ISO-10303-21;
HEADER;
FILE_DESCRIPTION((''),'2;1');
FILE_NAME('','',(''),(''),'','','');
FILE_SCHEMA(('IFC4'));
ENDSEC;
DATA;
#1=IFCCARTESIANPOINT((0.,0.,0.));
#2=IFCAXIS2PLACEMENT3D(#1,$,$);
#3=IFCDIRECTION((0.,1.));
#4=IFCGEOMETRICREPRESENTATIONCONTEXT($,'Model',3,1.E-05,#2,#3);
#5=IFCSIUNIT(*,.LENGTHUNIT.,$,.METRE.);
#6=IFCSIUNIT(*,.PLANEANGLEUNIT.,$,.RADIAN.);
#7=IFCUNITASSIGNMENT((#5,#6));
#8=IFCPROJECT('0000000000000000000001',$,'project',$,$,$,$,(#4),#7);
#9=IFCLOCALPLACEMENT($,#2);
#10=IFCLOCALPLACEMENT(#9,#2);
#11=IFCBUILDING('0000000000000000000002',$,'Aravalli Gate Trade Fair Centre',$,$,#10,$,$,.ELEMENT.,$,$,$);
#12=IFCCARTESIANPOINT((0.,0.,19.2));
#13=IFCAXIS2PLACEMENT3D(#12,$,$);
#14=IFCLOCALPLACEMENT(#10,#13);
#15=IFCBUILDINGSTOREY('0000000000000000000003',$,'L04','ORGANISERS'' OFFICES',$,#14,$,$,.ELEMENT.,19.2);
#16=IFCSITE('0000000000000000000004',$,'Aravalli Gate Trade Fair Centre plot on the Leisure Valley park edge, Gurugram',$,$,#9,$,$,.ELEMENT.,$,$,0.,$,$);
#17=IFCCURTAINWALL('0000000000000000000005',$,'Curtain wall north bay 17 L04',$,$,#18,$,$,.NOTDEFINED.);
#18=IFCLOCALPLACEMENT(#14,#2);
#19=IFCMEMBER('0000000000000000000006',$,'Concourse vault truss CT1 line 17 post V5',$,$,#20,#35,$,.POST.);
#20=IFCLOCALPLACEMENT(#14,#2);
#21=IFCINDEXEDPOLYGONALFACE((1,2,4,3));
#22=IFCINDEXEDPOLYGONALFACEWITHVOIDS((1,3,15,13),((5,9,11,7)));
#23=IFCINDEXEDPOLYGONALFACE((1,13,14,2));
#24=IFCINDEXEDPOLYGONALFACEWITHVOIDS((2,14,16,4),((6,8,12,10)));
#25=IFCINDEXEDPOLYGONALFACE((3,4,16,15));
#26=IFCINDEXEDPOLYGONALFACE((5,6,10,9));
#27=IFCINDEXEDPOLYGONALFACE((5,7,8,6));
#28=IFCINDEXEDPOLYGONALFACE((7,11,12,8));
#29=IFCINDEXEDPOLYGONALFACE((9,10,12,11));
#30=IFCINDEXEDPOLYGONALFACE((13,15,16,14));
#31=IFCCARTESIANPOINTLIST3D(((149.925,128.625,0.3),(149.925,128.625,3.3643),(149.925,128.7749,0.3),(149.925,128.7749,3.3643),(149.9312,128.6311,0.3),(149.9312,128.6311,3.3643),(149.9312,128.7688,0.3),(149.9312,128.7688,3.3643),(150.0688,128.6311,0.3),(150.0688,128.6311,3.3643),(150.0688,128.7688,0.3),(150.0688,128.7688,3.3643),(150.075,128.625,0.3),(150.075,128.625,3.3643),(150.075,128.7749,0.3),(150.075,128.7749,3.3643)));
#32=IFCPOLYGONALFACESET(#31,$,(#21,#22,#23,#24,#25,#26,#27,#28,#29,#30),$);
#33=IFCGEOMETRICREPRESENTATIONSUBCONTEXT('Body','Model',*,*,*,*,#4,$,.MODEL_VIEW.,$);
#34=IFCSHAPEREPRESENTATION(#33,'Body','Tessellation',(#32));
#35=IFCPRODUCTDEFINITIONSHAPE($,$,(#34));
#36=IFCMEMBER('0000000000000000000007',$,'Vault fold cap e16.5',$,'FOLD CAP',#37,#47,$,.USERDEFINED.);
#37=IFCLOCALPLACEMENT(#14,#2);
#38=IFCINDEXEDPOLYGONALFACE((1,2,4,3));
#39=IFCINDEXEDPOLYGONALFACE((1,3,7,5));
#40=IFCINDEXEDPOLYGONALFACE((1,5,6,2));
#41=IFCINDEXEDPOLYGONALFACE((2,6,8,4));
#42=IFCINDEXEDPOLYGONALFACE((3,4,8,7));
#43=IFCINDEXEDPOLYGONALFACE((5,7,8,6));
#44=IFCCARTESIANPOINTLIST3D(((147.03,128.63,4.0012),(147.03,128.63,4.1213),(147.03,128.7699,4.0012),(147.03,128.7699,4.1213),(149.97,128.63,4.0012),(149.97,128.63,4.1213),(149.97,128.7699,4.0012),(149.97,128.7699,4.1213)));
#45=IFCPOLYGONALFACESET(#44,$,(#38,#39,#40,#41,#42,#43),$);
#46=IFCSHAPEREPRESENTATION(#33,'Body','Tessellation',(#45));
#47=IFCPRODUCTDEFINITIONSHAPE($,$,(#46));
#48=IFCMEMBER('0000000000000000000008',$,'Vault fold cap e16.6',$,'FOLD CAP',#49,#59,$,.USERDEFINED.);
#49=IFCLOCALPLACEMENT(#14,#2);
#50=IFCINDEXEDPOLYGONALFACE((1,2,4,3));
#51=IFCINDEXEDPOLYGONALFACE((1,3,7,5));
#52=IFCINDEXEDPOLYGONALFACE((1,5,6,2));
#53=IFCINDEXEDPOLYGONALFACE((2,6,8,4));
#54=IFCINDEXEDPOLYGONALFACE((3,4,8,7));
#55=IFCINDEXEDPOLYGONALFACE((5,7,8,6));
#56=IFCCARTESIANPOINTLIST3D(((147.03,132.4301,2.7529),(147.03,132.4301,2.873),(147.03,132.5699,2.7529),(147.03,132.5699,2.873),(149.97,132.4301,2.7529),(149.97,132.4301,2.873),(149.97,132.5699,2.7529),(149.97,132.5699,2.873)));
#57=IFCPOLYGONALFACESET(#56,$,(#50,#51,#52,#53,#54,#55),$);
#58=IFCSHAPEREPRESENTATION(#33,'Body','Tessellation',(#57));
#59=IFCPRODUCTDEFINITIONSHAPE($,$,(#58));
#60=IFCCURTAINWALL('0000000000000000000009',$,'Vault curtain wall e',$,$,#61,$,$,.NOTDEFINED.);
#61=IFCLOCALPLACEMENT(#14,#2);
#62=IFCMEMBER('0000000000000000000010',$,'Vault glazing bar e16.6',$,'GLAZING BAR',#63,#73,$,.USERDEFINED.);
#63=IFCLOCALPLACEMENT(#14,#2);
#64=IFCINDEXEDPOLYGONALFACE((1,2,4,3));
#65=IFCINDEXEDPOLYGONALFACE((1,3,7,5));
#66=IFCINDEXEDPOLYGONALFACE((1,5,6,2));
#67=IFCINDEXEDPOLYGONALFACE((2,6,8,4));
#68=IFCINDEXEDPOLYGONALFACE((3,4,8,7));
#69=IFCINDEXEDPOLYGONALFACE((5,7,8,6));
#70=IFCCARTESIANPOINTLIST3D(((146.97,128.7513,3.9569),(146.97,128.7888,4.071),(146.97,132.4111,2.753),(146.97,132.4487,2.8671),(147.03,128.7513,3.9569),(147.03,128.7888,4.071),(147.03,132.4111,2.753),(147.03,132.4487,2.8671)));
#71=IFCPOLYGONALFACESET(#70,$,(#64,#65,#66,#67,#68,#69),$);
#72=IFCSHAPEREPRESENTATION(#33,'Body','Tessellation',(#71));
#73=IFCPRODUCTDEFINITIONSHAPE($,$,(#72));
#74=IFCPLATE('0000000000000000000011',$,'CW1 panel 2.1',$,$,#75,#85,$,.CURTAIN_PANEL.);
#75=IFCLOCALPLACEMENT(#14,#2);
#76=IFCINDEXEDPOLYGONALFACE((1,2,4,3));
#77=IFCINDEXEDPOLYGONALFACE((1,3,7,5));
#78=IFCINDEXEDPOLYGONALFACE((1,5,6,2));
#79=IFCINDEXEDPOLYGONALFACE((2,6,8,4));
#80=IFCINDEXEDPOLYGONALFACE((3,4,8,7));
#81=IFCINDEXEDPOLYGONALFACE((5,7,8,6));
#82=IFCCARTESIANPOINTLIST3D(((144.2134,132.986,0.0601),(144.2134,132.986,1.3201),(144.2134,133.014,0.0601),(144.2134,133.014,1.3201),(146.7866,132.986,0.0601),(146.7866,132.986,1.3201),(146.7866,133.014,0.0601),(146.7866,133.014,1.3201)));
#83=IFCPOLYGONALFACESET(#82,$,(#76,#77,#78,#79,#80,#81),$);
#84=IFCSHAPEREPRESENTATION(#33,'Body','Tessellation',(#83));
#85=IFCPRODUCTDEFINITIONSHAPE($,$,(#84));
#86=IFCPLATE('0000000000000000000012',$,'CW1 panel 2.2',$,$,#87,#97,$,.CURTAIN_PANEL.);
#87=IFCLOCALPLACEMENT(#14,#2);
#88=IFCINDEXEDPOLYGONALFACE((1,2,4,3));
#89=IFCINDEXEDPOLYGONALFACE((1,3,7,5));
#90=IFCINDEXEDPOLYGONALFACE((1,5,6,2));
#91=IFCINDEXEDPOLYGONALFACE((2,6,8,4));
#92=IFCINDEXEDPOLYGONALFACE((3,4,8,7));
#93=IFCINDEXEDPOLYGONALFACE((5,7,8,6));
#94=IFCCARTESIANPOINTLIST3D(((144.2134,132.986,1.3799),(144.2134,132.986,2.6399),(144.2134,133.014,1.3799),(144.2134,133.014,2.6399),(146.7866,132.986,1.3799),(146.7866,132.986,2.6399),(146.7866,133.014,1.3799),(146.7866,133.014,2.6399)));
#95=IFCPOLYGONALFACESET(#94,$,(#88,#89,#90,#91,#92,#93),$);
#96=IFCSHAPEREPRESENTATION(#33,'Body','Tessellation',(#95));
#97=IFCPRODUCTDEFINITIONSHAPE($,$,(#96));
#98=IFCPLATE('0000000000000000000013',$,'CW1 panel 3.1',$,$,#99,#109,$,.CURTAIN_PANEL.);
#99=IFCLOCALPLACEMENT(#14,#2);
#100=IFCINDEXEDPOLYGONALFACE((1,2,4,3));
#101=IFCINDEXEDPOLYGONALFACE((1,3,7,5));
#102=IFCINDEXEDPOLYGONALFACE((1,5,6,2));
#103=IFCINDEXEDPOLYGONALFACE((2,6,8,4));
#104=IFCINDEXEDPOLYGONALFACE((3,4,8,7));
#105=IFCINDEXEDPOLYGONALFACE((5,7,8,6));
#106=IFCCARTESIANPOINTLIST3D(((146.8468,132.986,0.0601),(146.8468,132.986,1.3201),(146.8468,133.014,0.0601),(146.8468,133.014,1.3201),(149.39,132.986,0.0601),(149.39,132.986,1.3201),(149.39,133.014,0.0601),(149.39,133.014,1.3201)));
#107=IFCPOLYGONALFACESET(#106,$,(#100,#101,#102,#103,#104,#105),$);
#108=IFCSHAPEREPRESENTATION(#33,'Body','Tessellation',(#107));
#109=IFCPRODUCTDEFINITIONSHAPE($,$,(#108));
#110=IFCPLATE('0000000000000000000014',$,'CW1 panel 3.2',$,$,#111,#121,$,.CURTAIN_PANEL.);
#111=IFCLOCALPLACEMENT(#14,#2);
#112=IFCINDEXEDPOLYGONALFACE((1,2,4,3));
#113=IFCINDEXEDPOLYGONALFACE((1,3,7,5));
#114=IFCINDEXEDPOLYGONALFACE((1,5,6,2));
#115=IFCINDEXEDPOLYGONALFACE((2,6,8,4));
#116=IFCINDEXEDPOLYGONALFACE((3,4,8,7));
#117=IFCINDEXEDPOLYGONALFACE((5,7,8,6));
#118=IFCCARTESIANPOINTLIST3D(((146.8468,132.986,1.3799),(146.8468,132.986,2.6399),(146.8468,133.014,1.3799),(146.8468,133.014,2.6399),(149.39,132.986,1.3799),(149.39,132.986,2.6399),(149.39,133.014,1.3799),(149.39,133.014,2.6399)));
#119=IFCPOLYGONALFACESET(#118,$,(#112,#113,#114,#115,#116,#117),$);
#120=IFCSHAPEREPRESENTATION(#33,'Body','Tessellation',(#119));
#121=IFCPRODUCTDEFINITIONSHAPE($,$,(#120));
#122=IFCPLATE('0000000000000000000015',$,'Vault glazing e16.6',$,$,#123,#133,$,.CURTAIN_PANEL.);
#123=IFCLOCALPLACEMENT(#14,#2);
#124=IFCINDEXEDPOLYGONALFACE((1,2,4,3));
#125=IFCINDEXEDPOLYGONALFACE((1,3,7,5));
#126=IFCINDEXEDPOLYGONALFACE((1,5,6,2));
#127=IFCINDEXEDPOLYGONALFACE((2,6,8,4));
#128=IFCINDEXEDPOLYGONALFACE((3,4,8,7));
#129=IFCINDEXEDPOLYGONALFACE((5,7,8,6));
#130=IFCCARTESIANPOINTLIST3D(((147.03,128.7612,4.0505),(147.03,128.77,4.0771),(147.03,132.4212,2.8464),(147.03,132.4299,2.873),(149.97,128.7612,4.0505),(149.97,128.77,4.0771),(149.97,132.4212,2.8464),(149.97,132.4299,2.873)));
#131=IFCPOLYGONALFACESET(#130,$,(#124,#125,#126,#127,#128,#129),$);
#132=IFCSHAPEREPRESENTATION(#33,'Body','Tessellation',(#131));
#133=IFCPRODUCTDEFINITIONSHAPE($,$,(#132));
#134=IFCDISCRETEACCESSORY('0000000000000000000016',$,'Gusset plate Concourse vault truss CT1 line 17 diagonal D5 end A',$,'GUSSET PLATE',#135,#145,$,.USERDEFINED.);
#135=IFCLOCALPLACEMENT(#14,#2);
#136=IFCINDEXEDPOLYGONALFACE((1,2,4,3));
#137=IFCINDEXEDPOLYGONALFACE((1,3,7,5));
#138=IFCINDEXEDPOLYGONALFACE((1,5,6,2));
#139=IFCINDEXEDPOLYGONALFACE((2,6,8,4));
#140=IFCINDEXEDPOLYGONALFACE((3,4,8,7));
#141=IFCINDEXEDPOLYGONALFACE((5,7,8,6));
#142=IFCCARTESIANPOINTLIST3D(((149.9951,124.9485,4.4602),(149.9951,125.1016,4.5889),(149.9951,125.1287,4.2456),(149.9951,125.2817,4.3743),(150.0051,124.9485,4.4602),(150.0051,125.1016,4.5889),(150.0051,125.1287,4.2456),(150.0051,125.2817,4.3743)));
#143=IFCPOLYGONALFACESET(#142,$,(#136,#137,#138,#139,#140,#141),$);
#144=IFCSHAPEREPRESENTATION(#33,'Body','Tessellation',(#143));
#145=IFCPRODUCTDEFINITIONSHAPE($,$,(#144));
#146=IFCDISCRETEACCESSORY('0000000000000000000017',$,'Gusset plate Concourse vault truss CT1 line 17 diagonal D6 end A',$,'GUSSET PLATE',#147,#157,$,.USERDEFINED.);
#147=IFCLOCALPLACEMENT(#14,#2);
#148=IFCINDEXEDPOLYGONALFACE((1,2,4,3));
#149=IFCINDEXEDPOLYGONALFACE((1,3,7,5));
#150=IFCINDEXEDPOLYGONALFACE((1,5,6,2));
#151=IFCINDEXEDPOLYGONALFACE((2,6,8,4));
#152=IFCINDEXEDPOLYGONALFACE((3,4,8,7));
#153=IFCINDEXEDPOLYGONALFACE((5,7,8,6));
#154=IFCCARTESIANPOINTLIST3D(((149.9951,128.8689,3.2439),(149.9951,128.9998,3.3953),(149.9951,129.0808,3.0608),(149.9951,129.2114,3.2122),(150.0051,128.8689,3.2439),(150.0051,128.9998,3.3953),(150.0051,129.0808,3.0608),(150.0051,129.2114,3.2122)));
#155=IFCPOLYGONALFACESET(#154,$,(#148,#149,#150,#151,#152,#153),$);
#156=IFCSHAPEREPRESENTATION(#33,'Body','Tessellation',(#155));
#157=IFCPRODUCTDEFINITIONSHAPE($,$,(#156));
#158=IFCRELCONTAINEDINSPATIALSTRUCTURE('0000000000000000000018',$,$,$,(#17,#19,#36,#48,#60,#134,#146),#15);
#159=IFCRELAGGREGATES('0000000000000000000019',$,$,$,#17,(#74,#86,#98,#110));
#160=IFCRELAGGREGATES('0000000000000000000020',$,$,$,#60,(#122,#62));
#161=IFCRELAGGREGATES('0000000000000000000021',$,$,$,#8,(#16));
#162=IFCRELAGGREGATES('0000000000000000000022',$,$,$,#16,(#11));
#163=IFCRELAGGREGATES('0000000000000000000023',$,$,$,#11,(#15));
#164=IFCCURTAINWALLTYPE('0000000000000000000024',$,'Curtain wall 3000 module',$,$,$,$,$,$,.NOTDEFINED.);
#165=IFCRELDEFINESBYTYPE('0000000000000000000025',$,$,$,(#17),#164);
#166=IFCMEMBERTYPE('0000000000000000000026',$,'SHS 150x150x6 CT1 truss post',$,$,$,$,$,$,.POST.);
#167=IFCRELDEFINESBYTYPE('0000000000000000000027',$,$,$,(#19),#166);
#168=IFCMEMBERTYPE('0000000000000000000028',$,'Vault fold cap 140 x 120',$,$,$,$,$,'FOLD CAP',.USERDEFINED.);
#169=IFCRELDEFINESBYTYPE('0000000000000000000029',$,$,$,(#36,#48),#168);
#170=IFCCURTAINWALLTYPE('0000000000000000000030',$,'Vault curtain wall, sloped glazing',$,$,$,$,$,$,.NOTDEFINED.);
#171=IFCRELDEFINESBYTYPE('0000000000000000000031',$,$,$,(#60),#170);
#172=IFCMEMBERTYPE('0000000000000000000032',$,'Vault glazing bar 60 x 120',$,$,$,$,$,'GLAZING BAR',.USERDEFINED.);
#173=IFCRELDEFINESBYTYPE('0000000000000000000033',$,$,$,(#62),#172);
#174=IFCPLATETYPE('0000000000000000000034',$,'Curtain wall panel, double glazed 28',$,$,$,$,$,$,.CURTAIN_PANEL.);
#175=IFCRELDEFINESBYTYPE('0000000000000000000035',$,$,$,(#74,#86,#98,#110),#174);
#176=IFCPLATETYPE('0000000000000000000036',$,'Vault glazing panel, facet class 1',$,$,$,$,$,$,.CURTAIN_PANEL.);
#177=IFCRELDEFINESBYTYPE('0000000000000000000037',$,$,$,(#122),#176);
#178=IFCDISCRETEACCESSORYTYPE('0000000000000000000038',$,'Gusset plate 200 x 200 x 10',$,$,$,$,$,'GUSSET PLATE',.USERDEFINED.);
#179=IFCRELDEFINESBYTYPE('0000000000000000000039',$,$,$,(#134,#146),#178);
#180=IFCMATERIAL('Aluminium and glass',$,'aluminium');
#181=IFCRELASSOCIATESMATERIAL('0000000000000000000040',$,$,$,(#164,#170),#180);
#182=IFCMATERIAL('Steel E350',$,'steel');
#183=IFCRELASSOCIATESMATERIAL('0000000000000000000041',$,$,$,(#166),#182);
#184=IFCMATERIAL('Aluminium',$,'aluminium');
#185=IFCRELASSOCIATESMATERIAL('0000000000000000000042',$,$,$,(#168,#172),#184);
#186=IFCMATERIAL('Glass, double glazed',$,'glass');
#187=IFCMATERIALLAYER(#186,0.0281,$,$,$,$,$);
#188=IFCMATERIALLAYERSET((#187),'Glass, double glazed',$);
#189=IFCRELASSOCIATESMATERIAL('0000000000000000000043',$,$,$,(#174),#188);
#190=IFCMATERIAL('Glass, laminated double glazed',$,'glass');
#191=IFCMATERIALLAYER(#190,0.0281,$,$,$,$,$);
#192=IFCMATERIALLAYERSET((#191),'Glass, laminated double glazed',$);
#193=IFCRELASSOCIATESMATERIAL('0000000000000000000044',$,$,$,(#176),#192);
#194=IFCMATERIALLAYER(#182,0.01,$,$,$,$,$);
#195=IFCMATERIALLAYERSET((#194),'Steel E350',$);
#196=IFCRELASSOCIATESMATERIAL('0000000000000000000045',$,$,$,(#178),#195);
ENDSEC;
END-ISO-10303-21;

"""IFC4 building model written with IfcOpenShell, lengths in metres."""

from ifc_helpers import new_model, si_unit, direction, frame, origin, origin_2d, place, context, subcontext, project, spatial, polyline, rectangle, hollow_rectangle, outline, extrude, material, layer, layer_set, material_profile, profile_set, type_object, element, aggregate, save


model = new_model("IFC4")

# Units and contexts
model_context = context("Model", 3, precision=1e-05, world=origin(), true_north=direction((0.0, 1.0)))
body_context = subcontext(model_context, "Body", "Model", "MODEL_VIEW")
ifc_project = project(units=[si_unit("LENGTHUNIT", "METRE"), si_unit("PLANEANGLEUNIT", "RADIAN")], contexts=[model_context])

# Site, building, storey
site_placement = place(None, origin())
site = spatial("IfcSite", under=ifc_project, at=site_placement, Name="Aravalli Gate Trade Fair Centre plot on the Leisure Valley park edge, Gurugram", CompositionType="ELEMENT", RefElevation=0.0)
building_placement = place(site_placement, origin())
building = spatial("IfcBuilding", under=site, at=building_placement, Name="Aravalli Gate Trade Fair Centre", CompositionType="ELEMENT")
storey_placement = place(building_placement, frame((0.0, 0.0, 19.2)))
storey = spatial("IfcBuildingStorey", under=building, at=storey_placement, Name="L04", Description="ORGANISERS' OFFICES", CompositionType="ELEMENT", Elevation=19.2)

# Curtain wall
ifc_material_1 = material(Name="Aluminium and glass", Category="aluminium")
curtain_wall_type_1 = type_object("IfcCurtainWallType", Name="Curtain wall 3000 module", PredefinedType="NOTDEFINED", material=ifc_material_1)
curtain_wall_1_placement = place(storey_placement, origin())
curtain_wall_1 = element("IfcCurtainWall", 1, at=curtain_wall_1_placement, inside=storey, type_object=curtain_wall_type_1, Name="Curtain wall north bay 17 L04", PredefinedType="NOTDEFINED")
ifc_material_2 = material(Name="Aluminium", Category="aluminium")

# Members
ifc_material_3 = material(Name="Steel E350", Category="steel")
ifc_material_profile_1 = material_profile(ifc_material_3, hollow_rectangle(XDim=0.1499, YDim=0.1499, WallThickness=0.0061, at=origin_2d()), Name="SHS 150x150x6")
ifc_profile_set_1 = profile_set([ifc_material_profile_1], Name="Steel E350")
member_type_1 = type_object("IfcMemberType", Name="SHS 150x150x6 CT1 truss post", PredefinedType="POST", material=ifc_profile_set_1)
member_1_placement = place(storey_placement, frame((150.0, 128.7, 0.3), z_axis=(0.0, 0.0, 1.0), x_axis=(1.0, 0.0, 0.0)))
element("IfcMember", 2, at=member_1_placement, inside=storey, type_object=member_type_1, Name="Concourse vault truss CT1 line 17 post V5", PredefinedType="POST", context=body_context, shape_type="SweptSolid", body=[
    extrude(hollow_rectangle(XDim=0.1499, YDim=0.1499, WallThickness=0.0061, at=origin_2d()), origin(), (0.0, 0.0, 1.0), 3.0642),
])
ifc_material_profile_2 = material_profile(ifc_material_2, rectangle(XDim=0.1399, YDim=0.1201, at=origin_2d()), Name="Vault fold cap 140 x 120")
ifc_profile_set_2 = profile_set([ifc_material_profile_2], Name="Aluminium")
member_type_2 = type_object("IfcMemberType", Name="Vault fold cap 140 x 120", ElementType="FOLD CAP", PredefinedType="USERDEFINED", material=ifc_profile_set_2)
for number, where, z_axis, x_axis, name in (
    (3, (147.03, 128.7, 4.0613), (1.0, 0.0, 0.0), (0.0, 1.0, 0.0), "Vault fold cap e16.5"),
    (4, (147.03, 132.5, 2.813), (1.0, 0.0, 0.0), (0.0, 1.0, 0.0), "Vault fold cap e16.6"),
):
    element("IfcMember", number, at=place(storey_placement, frame(where, z_axis=z_axis, x_axis=x_axis)), inside=storey, type_object=member_type_2, Name=name, ObjectType="FOLD CAP", PredefinedType="USERDEFINED", context=body_context, shape_type="SweptSolid", body=[
        extrude(rectangle(XDim=0.1399, YDim=0.1201, at=origin_2d()), origin(), (0.0, 0.0, 1.0), 2.9399),
    ])

# Curtain wall, member
curtain_wall_type_2 = type_object("IfcCurtainWallType", Name="Vault curtain wall, sloped glazing", PredefinedType="NOTDEFINED", material=ifc_material_1)
curtain_wall_2_placement = place(storey_placement, origin())
curtain_wall_2 = element("IfcCurtainWall", 5, at=curtain_wall_2_placement, inside=storey, type_object=curtain_wall_type_2, Name="Vault curtain wall e", PredefinedType="NOTDEFINED")
ifc_material_profile_3 = material_profile(ifc_material_2, rectangle(XDim=0.0601, YDim=0.1201, at=origin_2d()), Name="Vault glazing bar 60 x 120")
ifc_profile_set_3 = profile_set([ifc_material_profile_3], Name="Aluminium")
member_type_3 = type_object("IfcMemberType", Name="Vault glazing bar 60 x 120", ElementType="GLAZING BAR", PredefinedType="USERDEFINED", material=ifc_profile_set_3)
member_2_placement = place(storey_placement, frame((147.0, 128.77, 4.0139), z_axis=(0.0, 0.94993, -0.312461), x_axis=(-1.0, 0.0, 0.0)))
member_2 = element("IfcMember", 6, at=member_2_placement, type_object=member_type_3, Name="Vault glazing bar e16.6", ObjectType="GLAZING BAR", PredefinedType="USERDEFINED", context=body_context, shape_type="SweptSolid", body=[
    extrude(rectangle(XDim=0.0601, YDim=0.1201, at=origin_2d()), origin(), (0.0, 0.0, 1.0), 3.8528),
])

# Plates
ifc_material_4 = material(Name="Glass, double glazed", Category="glass")
ifc_layer_1 = layer(ifc_material_4, 0.0281)
ifc_layer_set_1 = layer_set([ifc_layer_1], Name="Glass, double glazed")
plate_type_1 = type_object("IfcPlateType", Name="Curtain wall panel, double glazed 28", PredefinedType="CURTAIN_PANEL", material=ifc_layer_set_1)
plate_1_placement = place(storey_placement, frame((145.5, 133.0, 0.0601), z_axis=(0.0, 0.0, 1.0), x_axis=(1.0, 0.0, 0.0)))
plate_1 = element("IfcPlate", 7, at=plate_1_placement, type_object=plate_type_1, Name="CW1 panel 2.1", PredefinedType="CURTAIN_PANEL", context=body_context, shape_type="SweptSolid", body=[
    extrude(rectangle(XDim=2.5732, YDim=0.0281, at=origin_2d()), origin(), (0.0, 0.0, 1.0), 1.26),
])
plate_2_placement = place(storey_placement, frame((145.5, 133.0, 1.3799), z_axis=(0.0, 0.0, 1.0), x_axis=(1.0, 0.0, 0.0)))
plate_2 = element("IfcPlate", 8, at=plate_2_placement, type_object=plate_type_1, Name="CW1 panel 2.2", PredefinedType="CURTAIN_PANEL", context=body_context, shape_type="SweptSolid", body=[
    extrude(rectangle(XDim=2.5732, YDim=0.0281, at=origin_2d()), origin(), (0.0, 0.0, 1.0), 1.26),
])
plate_3_placement = place(storey_placement, frame((148.1184, 133.0, 0.0601), z_axis=(0.0, 0.0, 1.0), x_axis=(1.0, 0.0, 0.0)))
plate_3 = element("IfcPlate", 9, at=plate_3_placement, type_object=plate_type_1, Name="CW1 panel 3.1", PredefinedType="CURTAIN_PANEL", context=body_context, shape_type="SweptSolid", body=[
    extrude(rectangle(XDim=2.5432, YDim=0.0281, at=origin_2d()), origin(), (0.0, 0.0, 1.0), 1.26),
])
plate_4_placement = place(storey_placement, frame((148.1184, 133.0, 1.3799), z_axis=(0.0, 0.0, 1.0), x_axis=(1.0, 0.0, 0.0)))
plate_4 = element("IfcPlate", 10, at=plate_4_placement, type_object=plate_type_1, Name="CW1 panel 3.2", PredefinedType="CURTAIN_PANEL", context=body_context, shape_type="SweptSolid", body=[
    extrude(rectangle(XDim=2.5432, YDim=0.0281, at=origin_2d()), origin(), (0.0, 0.0, 1.0), 1.26),
])
aggregate(curtain_wall_1, [plate_1, plate_2, plate_3, plate_4])
ifc_material_5 = material(Name="Glass, laminated double glazed", Category="glass")
ifc_layer_2 = layer(ifc_material_5, 0.0281)
ifc_layer_set_2 = layer_set([ifc_layer_2], Name="Glass, laminated double glazed")
plate_type_2 = type_object("IfcPlateType", Name="Vault glazing panel, facet class 1", PredefinedType="CURTAIN_PANEL", material=ifc_layer_set_2)
plate_5_placement = place(storey_placement, frame((147.03, 128.77, 4.0771), z_axis=(0.0, 0.312518, 0.949912), x_axis=(1.0, 0.0, 0.0)))
plate_5 = element("IfcPlate", 11, at=plate_5_placement, type_object=plate_type_2, Name="Vault glazing e16.6", PredefinedType="CURTAIN_PANEL", context=body_context, shape_type="SweptSolid", body=[
    extrude(outline(polyline([(0.0, 0.0), (2.9399, 0.0), (2.9399, 3.8529), (0.0, 3.8529), (0.0, 0.0)])), origin(), (0.0, 0.0, -1.0), 0.0281),
])
aggregate(curtain_wall_2, [plate_5, member_2])

# Discrete accessories
ifc_layer_3 = layer(ifc_material_3, 0.01)
ifc_layer_set_3 = layer_set([ifc_layer_3], Name="Steel E350")
discrete_accessory_type = type_object("IfcDiscreteAccessoryType", Name="Gusset plate 200 x 200 x 10", ElementType="GUSSET PLATE", PredefinedType="USERDEFINED", material=ifc_layer_set_3)
discrete_accessory_1_placement = place(storey_placement, frame((149.9951, 125.1287, 4.2456), z_axis=(-1.0, 0.0, 0.0), x_axis=(0.0, -0.643008, 0.765859)))
element("IfcDiscreteAccessory", 12, at=discrete_accessory_1_placement, inside=storey, type_object=discrete_accessory_type, Name="Gusset plate Concourse vault truss CT1 line 17 diagonal D5 end A", ObjectType="GUSSET PLATE", PredefinedType="USERDEFINED", context=body_context, shape_type="SweptSolid", body=[
    extrude(outline(polyline([(0.0, 0.0), (0.2802, 0.0), (0.2803, 0.2), (0.0001, 0.2), (0.0, 0.0)])), origin(), (0.0, 0.0, -1.0), 0.01),
])
discrete_accessory_2_placement = place(storey_placement, frame((149.9951, 129.0808, 3.0608), z_axis=(-1.0, 0.0, 0.0), x_axis=(0.0, -0.756666, 0.653801)))
element("IfcDiscreteAccessory", 13, at=discrete_accessory_2_placement, inside=storey, type_object=discrete_accessory_type, Name="Gusset plate Concourse vault truss CT1 line 17 diagonal D6 end A", ObjectType="GUSSET PLATE", PredefinedType="USERDEFINED", context=body_context, shape_type="SweptSolid", body=[
    extrude(outline(polyline([(0.0, 0.0), (0.2801, 0.0), (0.28, 0.2001), (0.0001, 0.1999), (0.0, 0.0)])), origin(), (0.0, 0.0, -1.0), 0.01),
])

save(model, "model.ifc")
